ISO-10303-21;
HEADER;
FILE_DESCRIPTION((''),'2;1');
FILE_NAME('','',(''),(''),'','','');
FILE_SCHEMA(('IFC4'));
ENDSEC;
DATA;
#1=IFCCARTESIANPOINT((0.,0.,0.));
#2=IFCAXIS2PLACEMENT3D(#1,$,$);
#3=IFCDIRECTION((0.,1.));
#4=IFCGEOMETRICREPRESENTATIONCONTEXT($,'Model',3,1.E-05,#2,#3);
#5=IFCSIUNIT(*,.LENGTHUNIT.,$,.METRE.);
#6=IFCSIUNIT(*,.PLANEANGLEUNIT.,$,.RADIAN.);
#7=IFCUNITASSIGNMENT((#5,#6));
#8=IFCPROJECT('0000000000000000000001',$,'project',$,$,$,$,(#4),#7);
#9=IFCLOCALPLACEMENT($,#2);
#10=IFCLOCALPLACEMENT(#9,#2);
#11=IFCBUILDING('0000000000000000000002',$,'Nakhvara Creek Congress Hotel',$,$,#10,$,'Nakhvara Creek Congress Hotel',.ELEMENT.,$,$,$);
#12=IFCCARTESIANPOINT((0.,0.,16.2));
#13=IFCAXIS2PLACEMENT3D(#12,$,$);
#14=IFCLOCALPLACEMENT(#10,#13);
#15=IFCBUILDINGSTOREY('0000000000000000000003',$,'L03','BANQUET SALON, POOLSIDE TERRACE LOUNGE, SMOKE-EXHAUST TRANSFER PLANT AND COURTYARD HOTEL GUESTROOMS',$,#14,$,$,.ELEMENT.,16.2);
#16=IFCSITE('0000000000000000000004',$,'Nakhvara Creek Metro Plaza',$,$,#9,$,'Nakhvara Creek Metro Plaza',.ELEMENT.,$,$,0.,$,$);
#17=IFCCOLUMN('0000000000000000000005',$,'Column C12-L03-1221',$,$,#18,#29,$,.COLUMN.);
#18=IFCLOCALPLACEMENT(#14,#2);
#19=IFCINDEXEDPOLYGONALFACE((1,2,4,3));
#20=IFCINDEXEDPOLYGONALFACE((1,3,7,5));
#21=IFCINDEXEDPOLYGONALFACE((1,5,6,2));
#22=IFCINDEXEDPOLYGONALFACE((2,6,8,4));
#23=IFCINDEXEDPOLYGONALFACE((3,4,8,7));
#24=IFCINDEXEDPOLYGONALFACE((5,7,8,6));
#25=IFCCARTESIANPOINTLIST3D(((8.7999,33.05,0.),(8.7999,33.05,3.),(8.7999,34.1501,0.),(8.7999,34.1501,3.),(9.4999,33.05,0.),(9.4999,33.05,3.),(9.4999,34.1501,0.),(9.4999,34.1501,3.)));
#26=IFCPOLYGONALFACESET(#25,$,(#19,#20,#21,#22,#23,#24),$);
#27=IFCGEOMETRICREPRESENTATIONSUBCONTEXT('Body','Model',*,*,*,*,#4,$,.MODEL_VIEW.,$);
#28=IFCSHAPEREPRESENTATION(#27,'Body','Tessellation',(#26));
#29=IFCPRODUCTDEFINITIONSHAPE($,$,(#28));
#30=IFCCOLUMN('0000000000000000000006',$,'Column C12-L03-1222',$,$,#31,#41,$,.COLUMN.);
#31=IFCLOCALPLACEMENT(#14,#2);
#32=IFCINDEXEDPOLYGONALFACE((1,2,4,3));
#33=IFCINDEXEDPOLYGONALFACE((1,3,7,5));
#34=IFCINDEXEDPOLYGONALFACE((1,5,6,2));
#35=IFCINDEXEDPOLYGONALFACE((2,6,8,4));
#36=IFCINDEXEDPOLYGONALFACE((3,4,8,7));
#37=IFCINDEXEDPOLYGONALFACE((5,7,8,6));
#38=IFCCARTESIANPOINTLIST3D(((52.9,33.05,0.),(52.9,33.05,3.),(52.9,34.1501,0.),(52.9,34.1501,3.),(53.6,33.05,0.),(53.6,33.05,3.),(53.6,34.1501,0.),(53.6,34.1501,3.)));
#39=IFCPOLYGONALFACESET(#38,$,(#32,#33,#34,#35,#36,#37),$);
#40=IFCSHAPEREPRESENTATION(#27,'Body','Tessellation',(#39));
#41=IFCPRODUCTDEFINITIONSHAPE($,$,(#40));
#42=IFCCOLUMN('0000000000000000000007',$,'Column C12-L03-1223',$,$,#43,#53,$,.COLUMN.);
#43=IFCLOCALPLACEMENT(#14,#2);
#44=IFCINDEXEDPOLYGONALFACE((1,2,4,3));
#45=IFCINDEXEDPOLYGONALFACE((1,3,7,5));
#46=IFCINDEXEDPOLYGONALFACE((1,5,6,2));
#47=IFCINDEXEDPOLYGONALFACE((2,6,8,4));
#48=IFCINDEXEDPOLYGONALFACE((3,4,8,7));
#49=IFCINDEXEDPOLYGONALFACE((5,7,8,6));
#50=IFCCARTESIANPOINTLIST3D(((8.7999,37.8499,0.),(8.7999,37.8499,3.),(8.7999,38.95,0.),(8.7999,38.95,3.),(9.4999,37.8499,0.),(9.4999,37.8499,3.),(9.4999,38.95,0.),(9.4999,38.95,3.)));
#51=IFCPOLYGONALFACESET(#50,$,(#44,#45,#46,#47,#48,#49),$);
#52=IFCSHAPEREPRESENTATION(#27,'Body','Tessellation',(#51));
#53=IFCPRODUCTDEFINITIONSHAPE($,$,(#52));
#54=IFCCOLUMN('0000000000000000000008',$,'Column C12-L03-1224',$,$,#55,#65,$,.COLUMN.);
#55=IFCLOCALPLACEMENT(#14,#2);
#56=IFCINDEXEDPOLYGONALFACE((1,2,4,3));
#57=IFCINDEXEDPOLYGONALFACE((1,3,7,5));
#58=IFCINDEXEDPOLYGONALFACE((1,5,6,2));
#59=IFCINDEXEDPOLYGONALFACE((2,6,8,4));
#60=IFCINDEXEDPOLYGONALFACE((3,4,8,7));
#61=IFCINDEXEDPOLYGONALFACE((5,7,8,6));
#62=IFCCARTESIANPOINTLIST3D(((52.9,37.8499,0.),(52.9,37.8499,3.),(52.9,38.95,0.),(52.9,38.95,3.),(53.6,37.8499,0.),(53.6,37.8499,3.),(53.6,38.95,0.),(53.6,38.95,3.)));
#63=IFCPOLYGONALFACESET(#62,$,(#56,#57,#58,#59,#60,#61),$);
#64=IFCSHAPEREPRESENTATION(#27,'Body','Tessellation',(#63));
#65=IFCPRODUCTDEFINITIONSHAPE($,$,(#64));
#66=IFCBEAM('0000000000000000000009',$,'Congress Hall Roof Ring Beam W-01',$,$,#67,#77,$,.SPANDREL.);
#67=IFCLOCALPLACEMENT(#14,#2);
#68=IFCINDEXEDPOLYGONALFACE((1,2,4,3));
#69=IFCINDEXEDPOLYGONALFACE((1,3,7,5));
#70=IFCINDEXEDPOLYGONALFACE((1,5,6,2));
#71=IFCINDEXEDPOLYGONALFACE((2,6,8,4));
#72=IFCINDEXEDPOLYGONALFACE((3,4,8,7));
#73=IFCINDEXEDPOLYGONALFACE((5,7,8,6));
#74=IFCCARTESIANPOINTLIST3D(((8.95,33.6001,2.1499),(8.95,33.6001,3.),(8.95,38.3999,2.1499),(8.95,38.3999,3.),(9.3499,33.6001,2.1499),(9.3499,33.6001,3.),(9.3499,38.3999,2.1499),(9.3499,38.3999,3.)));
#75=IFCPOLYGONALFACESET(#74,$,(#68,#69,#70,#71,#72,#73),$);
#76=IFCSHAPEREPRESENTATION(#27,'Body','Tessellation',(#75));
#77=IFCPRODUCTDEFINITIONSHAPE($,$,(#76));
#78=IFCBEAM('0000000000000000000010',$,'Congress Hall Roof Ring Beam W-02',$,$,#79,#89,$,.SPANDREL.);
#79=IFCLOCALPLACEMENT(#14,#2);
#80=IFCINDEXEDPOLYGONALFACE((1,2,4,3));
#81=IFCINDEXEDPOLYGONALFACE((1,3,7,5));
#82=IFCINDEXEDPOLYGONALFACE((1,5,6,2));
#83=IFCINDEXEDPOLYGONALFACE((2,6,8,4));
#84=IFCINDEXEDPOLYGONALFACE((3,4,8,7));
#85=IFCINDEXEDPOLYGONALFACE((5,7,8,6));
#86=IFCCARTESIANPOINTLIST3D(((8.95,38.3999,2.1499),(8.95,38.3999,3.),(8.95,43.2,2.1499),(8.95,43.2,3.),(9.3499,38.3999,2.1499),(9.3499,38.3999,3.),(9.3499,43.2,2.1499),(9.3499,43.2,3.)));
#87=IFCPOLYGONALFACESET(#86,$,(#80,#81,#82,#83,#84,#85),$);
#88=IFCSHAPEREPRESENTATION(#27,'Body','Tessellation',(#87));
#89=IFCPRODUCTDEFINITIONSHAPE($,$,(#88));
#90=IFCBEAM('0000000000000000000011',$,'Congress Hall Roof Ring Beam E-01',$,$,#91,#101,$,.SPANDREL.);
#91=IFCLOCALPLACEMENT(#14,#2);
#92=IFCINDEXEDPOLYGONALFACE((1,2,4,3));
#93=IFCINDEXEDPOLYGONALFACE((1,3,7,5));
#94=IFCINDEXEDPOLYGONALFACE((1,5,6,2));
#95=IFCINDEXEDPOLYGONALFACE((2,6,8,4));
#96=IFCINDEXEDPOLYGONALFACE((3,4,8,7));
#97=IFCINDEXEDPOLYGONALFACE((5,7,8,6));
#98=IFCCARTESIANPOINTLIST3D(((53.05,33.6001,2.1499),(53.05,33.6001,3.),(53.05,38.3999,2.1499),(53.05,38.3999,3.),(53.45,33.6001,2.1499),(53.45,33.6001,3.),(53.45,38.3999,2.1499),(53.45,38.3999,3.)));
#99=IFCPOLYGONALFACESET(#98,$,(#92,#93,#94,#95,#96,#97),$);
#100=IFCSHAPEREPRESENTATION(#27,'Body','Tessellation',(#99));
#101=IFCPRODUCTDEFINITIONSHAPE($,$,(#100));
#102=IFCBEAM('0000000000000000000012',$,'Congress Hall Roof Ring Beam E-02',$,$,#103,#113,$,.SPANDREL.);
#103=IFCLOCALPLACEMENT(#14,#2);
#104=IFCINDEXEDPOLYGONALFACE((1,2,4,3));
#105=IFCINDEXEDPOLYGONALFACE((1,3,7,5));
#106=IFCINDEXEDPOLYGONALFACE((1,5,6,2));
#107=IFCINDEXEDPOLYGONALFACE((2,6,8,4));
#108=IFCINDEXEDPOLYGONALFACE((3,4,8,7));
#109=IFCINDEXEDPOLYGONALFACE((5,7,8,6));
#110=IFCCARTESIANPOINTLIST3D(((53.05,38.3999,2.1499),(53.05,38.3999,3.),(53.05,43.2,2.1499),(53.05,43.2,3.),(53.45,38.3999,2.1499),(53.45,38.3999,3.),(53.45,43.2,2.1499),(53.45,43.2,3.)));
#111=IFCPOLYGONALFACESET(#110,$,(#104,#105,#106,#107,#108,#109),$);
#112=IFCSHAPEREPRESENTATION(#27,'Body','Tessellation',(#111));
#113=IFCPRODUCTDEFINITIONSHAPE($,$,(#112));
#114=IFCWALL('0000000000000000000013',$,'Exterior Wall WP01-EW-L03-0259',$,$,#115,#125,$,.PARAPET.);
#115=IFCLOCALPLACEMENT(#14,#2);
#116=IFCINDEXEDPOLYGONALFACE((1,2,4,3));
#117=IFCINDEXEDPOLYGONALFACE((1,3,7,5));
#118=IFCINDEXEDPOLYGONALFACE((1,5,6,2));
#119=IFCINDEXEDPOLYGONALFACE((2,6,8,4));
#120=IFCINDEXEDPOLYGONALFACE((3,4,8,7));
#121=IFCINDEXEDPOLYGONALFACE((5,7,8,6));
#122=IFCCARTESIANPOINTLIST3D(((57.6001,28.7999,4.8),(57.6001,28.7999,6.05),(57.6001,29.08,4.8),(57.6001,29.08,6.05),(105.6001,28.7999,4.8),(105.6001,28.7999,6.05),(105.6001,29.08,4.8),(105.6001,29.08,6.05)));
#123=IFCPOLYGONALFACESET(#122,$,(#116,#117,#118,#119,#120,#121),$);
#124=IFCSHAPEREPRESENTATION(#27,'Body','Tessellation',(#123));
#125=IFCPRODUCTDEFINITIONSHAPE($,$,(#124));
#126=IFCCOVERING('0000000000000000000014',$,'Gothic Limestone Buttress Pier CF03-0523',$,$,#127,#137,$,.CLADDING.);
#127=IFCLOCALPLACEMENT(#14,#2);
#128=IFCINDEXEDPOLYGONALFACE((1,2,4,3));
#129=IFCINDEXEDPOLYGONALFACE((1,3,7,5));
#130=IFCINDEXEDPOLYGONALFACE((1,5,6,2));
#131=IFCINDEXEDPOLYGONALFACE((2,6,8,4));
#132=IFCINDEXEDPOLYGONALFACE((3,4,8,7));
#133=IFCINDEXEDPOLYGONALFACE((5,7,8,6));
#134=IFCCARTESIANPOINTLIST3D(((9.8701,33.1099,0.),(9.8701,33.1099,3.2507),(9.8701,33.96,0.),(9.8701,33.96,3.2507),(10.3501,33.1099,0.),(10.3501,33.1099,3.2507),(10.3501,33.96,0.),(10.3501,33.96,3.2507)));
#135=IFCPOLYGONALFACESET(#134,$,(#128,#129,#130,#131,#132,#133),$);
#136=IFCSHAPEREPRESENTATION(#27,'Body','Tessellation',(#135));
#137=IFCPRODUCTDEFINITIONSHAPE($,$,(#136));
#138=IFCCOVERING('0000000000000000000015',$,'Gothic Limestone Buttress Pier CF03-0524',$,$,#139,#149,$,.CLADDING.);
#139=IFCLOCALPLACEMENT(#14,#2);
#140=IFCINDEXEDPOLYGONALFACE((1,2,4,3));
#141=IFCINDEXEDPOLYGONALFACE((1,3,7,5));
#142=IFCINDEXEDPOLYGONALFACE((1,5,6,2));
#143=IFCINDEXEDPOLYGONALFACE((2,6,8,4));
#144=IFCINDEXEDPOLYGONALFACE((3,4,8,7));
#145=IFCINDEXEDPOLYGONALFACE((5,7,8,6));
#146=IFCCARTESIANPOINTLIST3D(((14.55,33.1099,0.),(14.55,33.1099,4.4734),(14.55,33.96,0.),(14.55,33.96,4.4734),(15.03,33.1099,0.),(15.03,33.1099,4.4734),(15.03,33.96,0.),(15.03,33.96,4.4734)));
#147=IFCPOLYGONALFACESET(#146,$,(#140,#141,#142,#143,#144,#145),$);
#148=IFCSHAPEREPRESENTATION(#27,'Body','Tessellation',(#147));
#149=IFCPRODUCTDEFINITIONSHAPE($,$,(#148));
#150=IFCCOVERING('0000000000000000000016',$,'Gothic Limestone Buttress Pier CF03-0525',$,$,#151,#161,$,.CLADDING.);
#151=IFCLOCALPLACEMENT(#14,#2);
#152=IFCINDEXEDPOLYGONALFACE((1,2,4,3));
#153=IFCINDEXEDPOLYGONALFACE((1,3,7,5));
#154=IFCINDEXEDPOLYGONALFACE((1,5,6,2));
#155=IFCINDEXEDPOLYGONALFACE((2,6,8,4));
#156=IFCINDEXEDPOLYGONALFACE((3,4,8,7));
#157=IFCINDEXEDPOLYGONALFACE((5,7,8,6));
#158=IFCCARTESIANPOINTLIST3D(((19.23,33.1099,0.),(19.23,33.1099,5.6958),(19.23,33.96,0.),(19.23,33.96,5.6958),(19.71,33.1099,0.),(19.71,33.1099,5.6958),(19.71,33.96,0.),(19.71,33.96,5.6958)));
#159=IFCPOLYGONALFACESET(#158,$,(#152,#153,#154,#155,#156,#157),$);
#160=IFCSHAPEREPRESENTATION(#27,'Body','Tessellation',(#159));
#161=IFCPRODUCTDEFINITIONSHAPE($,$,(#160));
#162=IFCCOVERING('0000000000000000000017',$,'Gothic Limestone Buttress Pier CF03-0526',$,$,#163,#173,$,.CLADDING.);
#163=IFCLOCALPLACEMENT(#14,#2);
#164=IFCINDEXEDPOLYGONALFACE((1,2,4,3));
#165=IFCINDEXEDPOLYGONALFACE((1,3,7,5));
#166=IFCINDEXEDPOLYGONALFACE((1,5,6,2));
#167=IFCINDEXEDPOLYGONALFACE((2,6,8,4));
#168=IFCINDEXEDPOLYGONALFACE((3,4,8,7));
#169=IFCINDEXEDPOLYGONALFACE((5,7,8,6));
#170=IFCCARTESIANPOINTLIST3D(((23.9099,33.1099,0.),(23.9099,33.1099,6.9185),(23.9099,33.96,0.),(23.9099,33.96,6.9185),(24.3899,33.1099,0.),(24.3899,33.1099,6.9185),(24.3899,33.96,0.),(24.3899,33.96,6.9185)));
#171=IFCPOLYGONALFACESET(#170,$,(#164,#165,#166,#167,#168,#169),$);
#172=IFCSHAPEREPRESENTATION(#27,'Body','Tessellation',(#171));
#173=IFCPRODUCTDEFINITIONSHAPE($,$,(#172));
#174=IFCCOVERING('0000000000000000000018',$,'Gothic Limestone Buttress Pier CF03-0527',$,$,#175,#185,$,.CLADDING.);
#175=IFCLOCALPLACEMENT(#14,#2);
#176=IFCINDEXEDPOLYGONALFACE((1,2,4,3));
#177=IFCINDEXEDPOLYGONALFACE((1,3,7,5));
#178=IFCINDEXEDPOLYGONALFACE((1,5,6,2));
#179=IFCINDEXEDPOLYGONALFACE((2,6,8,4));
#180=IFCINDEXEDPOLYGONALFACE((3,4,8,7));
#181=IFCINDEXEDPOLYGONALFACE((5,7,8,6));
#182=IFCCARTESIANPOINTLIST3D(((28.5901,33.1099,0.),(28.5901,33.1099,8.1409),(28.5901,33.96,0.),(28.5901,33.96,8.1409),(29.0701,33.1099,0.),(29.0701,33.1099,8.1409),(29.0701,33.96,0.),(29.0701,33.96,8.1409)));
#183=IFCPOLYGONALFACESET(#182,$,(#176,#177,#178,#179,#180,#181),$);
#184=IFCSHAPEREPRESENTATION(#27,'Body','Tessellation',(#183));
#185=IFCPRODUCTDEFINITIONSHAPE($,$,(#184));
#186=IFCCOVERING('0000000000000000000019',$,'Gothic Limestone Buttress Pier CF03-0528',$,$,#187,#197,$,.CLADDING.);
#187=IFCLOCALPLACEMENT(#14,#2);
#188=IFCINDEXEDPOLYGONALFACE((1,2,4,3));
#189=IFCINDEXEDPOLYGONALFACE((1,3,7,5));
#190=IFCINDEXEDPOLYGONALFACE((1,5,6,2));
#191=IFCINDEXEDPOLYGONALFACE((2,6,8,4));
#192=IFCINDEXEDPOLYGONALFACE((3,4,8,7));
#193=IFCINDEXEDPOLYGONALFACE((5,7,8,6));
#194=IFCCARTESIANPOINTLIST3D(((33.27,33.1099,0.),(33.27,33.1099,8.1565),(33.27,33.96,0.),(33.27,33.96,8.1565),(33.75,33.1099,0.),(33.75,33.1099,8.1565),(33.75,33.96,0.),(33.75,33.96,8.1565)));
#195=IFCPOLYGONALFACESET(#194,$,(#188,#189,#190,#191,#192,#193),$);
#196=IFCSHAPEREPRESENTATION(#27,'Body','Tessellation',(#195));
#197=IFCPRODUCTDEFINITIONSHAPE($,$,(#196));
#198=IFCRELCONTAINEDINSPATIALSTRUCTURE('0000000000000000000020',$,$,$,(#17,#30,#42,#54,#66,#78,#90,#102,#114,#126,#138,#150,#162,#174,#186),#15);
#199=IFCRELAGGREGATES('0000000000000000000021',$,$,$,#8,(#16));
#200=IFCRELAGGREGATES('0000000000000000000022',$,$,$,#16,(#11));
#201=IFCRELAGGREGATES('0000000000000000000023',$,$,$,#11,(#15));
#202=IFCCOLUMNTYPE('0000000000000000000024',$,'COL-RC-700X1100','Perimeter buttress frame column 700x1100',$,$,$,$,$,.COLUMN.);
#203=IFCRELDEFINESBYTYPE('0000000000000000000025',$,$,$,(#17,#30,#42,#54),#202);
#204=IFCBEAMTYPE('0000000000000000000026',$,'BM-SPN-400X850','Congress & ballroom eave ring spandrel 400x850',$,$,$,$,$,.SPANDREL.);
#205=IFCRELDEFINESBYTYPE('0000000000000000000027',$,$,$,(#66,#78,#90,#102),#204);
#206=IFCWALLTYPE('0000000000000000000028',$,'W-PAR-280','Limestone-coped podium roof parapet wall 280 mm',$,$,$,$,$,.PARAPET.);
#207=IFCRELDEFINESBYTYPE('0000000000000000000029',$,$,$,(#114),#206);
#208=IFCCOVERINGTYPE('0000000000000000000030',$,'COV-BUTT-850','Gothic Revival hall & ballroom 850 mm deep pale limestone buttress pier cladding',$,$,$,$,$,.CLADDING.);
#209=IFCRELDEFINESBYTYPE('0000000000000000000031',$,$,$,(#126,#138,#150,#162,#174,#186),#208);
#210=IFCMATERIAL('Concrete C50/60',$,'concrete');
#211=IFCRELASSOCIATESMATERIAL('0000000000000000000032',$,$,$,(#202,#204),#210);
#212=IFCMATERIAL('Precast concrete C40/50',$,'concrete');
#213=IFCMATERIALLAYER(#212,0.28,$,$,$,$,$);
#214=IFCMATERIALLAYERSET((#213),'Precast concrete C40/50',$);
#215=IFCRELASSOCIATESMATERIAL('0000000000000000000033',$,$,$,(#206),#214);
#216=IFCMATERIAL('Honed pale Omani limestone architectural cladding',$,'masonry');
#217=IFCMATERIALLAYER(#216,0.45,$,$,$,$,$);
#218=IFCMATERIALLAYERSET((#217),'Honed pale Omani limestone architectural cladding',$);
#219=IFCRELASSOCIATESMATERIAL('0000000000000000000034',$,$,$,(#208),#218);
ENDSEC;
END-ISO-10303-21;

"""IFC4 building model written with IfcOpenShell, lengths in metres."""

from ifc_helpers import new_model, si_unit, direction, frame, frame_2d, origin, origin_2d, place, context, subcontext, project, spatial, rectangle, extrude, material, layer, layer_set, material_profile, profile_set, type_object, element, save


model = new_model("IFC4")

# Units and contexts
model_context = context("Model", 3, precision=1e-05, world=origin(), true_north=direction((0.0, 1.0)))
body_context = subcontext(model_context, "Body", "Model", "MODEL_VIEW")
ifc_project = project(units=[si_unit("LENGTHUNIT", "METRE"), si_unit("PLANEANGLEUNIT", "RADIAN")], contexts=[model_context])

# Site, building, storey
site_placement = place(None, origin())
site = spatial("IfcSite", under=ifc_project, at=site_placement, Name="Nakhvara Creek Metro Plaza", LongName="Nakhvara Creek Metro Plaza", CompositionType="ELEMENT", RefElevation=0.0)
building_placement = place(site_placement, origin())
building = spatial("IfcBuilding", under=site, at=building_placement, Name="Nakhvara Creek Congress Hotel", LongName="Nakhvara Creek Congress Hotel", CompositionType="ELEMENT")
storey_placement = place(building_placement, frame((0.0, 0.0, 16.2)))
storey = spatial("IfcBuildingStorey", under=building, at=storey_placement, Name="L03", Description="BANQUET SALON, POOLSIDE TERRACE LOUNGE, SMOKE-EXHAUST TRANSFER PLANT AND COURTYARD HOTEL GUESTROOMS", CompositionType="ELEMENT", Elevation=16.2)

# Columns
ifc_material_1 = material(Name="Concrete C50/60", Category="concrete")
ifc_material_profile_1 = material_profile(ifc_material_1, rectangle(XDim=0.7, YDim=1.1001, at=origin_2d()), Name="RC-COL 700x1100", Category="LoadBearing")
ifc_profile_set_1 = profile_set([ifc_material_profile_1], Name="Concrete C50/60")
column_type = type_object("IfcColumnType", Name="COL-RC-700X1100", Description="Perimeter buttress frame column 700x1100", PredefinedType="COLUMN", material=ifc_profile_set_1)
for number, where, z_axis, x_axis, name in (
    (1, (9.1499, 33.6001, 0.0), (0.0, 0.0, 1.0), (1.0, 0.0, 0.0), "Column C12-L03-1221"),
    (2, (53.25, 33.6001, 0.0), (0.0, 0.0, 1.0), (1.0, 0.0, 0.0), "Column C12-L03-1222"),
    (3, (9.1499, 38.3999, 0.0), (0.0, 0.0, 1.0), (1.0, 0.0, 0.0), "Column C12-L03-1223"),
    (4, (53.25, 38.3999, 0.0), (0.0, 0.0, 1.0), (1.0, 0.0, 0.0), "Column C12-L03-1224"),
):
    element("IfcColumn", number, at=place(storey_placement, frame(where, z_axis=z_axis, x_axis=x_axis)), inside=storey, type_object=column_type, Name=name, PredefinedType="COLUMN", context=body_context, shape_type="SweptSolid", body=[
        extrude(rectangle(XDim=0.7, YDim=1.1001, at=origin_2d()), origin(), (0.0, 0.0, 1.0), 3.0),
    ])

# Beams
ifc_material_profile_2 = material_profile(ifc_material_1, rectangle(XDim=0.3999, YDim=0.8501, at=origin_2d()), Name="RC-SPANDREL 400x850", Category="LoadBearing")
ifc_profile_set_2 = profile_set([ifc_material_profile_2], Name="Concrete C50/60")
beam_type = type_object("IfcBeamType", Name="BM-SPN-400X850", Description="Congress & ballroom eave ring spandrel 400x850", PredefinedType="SPANDREL", material=ifc_profile_set_2)
beam_1_placement = place(storey_placement, frame((9.1499, 33.6001, 2.575), z_axis=(0.0, 1.0, 0.0), x_axis=(-1.0, 0.0, 0.0)))
element("IfcBeam", 5, at=beam_1_placement, inside=storey, type_object=beam_type, Name="Congress Hall Roof Ring Beam W-01", PredefinedType="SPANDREL", context=body_context, shape_type="SweptSolid", body=[
    extrude(rectangle(XDim=0.3999, YDim=0.8501, at=origin_2d()), origin(), (0.0, 0.0, 1.0), 4.7998),
])
beam_2_placement = place(storey_placement, frame((9.1499, 38.3999, 2.575), z_axis=(0.0, 1.0, 0.0), x_axis=(-1.0, 0.0, 0.0)))
element("IfcBeam", 6, at=beam_2_placement, inside=storey, type_object=beam_type, Name="Congress Hall Roof Ring Beam W-02", PredefinedType="SPANDREL", context=body_context, shape_type="SweptSolid", body=[
    extrude(rectangle(XDim=0.3999, YDim=0.8501, at=origin_2d()), origin(), (0.0, 0.0, 1.0), 4.8),
])
beam_3_placement = place(storey_placement, frame((53.25, 33.6001, 2.575), z_axis=(0.0, 1.0, 0.0), x_axis=(-1.0, 0.0, 0.0)))
element("IfcBeam", 7, at=beam_3_placement, inside=storey, type_object=beam_type, Name="Congress Hall Roof Ring Beam E-01", PredefinedType="SPANDREL", context=body_context, shape_type="SweptSolid", body=[
    extrude(rectangle(XDim=0.3999, YDim=0.8501, at=origin_2d()), origin(), (0.0, 0.0, 1.0), 4.7998),
])
beam_4_placement = place(storey_placement, frame((53.25, 38.3999, 2.575), z_axis=(0.0, 1.0, 0.0), x_axis=(-1.0, 0.0, 0.0)))
element("IfcBeam", 8, at=beam_4_placement, inside=storey, type_object=beam_type, Name="Congress Hall Roof Ring Beam E-02", PredefinedType="SPANDREL", context=body_context, shape_type="SweptSolid", body=[
    extrude(rectangle(XDim=0.3999, YDim=0.8501, at=origin_2d()), origin(), (0.0, 0.0, 1.0), 4.8),
])

# Wall
ifc_material_2 = material(Name="Precast concrete C40/50", Category="concrete")
ifc_layer_1 = layer(ifc_material_2, 0.28)
ifc_layer_set_1 = layer_set([ifc_layer_1], Name="Precast concrete C40/50")
wall_type = type_object("IfcWallType", Name="W-PAR-280", Description="Limestone-coped podium roof parapet wall 280 mm", PredefinedType="PARAPET", material=ifc_layer_set_1)
wall_placement = place(storey_placement, frame((57.6001, 28.9399, 4.8), z_axis=(0.0, 0.0, 1.0), x_axis=(1.0, 0.0, 0.0)))
element("IfcWall", 9, at=wall_placement, inside=storey, type_object=wall_type, Name="Exterior Wall WP01-EW-L03-0259", PredefinedType="PARAPET", context=body_context, shape_type="SweptSolid", body=[
    extrude(rectangle(XDim=48.0, YDim=0.28, at=frame_2d((24.0, 0.0))), origin(), (0.0, 0.0, 1.0), 1.25),
])

# Coverings
ifc_material_3 = material(Name="Honed pale Omani limestone architectural cladding", Category="masonry")
ifc_layer_2 = layer(ifc_material_3, 0.45)
ifc_layer_set_2 = layer_set([ifc_layer_2], Name="Honed pale Omani limestone architectural cladding")
covering_type = type_object("IfcCoveringType", Name="COV-BUTT-850", Description="Gothic Revival hall & ballroom 850 mm deep pale limestone buttress pier cladding", PredefinedType="CLADDING", material=ifc_layer_set_2)
covering_1_placement = place(storey_placement, frame((10.1101, 33.5349, 0.0), z_axis=(0.0, 0.0, 1.0), x_axis=(1.0, 0.0, 0.0)))
element("IfcCovering", 10, at=covering_1_placement, inside=storey, type_object=covering_type, Name="Gothic Limestone Buttress Pier CF03-0523", PredefinedType="CLADDING", context=body_context, shape_type="SweptSolid", body=[
    extrude(rectangle(XDim=0.48, YDim=0.8501, at=origin_2d()), origin(), (0.0, 0.0, 1.0), 3.2507),
])
covering_2_placement = place(storey_placement, frame((14.79, 33.5349, 0.0), z_axis=(0.0, 0.0, 1.0), x_axis=(1.0, 0.0, 0.0)))
element("IfcCovering", 11, at=covering_2_placement, inside=storey, type_object=covering_type, Name="Gothic Limestone Buttress Pier CF03-0524", PredefinedType="CLADDING", context=body_context, shape_type="SweptSolid", body=[
    extrude(rectangle(XDim=0.48, YDim=0.8501, at=origin_2d()), origin(), (0.0, 0.0, 1.0), 4.4734),
])
covering_3_placement = place(storey_placement, frame((19.47, 33.5349, 0.0), z_axis=(0.0, 0.0, 1.0), x_axis=(1.0, 0.0, 0.0)))
element("IfcCovering", 12, at=covering_3_placement, inside=storey, type_object=covering_type, Name="Gothic Limestone Buttress Pier CF03-0525", PredefinedType="CLADDING", context=body_context, shape_type="SweptSolid", body=[
    extrude(rectangle(XDim=0.48, YDim=0.8501, at=origin_2d()), origin(), (0.0, 0.0, 1.0), 5.6958),
])
covering_4_placement = place(storey_placement, frame((24.1499, 33.5349, 0.0), z_axis=(0.0, 0.0, 1.0), x_axis=(1.0, 0.0, 0.0)))
element("IfcCovering", 13, at=covering_4_placement, inside=storey, type_object=covering_type, Name="Gothic Limestone Buttress Pier CF03-0526", PredefinedType="CLADDING", context=body_context, shape_type="SweptSolid", body=[
    extrude(rectangle(XDim=0.48, YDim=0.8501, at=origin_2d()), origin(), (0.0, 0.0, 1.0), 6.9185),
])
covering_5_placement = place(storey_placement, frame((28.8301, 33.5349, 0.0), z_axis=(0.0, 0.0, 1.0), x_axis=(1.0, 0.0, 0.0)))
element("IfcCovering", 14, at=covering_5_placement, inside=storey, type_object=covering_type, Name="Gothic Limestone Buttress Pier CF03-0527", PredefinedType="CLADDING", context=body_context, shape_type="SweptSolid", body=[
    extrude(rectangle(XDim=0.48, YDim=0.8501, at=origin_2d()), origin(), (0.0, 0.0, 1.0), 8.1409),
])
covering_6_placement = place(storey_placement, frame((33.51, 33.5349, 0.0), z_axis=(0.0, 0.0, 1.0), x_axis=(1.0, 0.0, 0.0)))
element("IfcCovering", 15, at=covering_6_placement, inside=storey, type_object=covering_type, Name="Gothic Limestone Buttress Pier CF03-0528", PredefinedType="CLADDING", context=body_context, shape_type="SweptSolid", body=[
    extrude(rectangle(XDim=0.48, YDim=0.8501, at=origin_2d()), origin(), (0.0, 0.0, 1.0), 8.1565),
])

save(model, "model.ifc")
